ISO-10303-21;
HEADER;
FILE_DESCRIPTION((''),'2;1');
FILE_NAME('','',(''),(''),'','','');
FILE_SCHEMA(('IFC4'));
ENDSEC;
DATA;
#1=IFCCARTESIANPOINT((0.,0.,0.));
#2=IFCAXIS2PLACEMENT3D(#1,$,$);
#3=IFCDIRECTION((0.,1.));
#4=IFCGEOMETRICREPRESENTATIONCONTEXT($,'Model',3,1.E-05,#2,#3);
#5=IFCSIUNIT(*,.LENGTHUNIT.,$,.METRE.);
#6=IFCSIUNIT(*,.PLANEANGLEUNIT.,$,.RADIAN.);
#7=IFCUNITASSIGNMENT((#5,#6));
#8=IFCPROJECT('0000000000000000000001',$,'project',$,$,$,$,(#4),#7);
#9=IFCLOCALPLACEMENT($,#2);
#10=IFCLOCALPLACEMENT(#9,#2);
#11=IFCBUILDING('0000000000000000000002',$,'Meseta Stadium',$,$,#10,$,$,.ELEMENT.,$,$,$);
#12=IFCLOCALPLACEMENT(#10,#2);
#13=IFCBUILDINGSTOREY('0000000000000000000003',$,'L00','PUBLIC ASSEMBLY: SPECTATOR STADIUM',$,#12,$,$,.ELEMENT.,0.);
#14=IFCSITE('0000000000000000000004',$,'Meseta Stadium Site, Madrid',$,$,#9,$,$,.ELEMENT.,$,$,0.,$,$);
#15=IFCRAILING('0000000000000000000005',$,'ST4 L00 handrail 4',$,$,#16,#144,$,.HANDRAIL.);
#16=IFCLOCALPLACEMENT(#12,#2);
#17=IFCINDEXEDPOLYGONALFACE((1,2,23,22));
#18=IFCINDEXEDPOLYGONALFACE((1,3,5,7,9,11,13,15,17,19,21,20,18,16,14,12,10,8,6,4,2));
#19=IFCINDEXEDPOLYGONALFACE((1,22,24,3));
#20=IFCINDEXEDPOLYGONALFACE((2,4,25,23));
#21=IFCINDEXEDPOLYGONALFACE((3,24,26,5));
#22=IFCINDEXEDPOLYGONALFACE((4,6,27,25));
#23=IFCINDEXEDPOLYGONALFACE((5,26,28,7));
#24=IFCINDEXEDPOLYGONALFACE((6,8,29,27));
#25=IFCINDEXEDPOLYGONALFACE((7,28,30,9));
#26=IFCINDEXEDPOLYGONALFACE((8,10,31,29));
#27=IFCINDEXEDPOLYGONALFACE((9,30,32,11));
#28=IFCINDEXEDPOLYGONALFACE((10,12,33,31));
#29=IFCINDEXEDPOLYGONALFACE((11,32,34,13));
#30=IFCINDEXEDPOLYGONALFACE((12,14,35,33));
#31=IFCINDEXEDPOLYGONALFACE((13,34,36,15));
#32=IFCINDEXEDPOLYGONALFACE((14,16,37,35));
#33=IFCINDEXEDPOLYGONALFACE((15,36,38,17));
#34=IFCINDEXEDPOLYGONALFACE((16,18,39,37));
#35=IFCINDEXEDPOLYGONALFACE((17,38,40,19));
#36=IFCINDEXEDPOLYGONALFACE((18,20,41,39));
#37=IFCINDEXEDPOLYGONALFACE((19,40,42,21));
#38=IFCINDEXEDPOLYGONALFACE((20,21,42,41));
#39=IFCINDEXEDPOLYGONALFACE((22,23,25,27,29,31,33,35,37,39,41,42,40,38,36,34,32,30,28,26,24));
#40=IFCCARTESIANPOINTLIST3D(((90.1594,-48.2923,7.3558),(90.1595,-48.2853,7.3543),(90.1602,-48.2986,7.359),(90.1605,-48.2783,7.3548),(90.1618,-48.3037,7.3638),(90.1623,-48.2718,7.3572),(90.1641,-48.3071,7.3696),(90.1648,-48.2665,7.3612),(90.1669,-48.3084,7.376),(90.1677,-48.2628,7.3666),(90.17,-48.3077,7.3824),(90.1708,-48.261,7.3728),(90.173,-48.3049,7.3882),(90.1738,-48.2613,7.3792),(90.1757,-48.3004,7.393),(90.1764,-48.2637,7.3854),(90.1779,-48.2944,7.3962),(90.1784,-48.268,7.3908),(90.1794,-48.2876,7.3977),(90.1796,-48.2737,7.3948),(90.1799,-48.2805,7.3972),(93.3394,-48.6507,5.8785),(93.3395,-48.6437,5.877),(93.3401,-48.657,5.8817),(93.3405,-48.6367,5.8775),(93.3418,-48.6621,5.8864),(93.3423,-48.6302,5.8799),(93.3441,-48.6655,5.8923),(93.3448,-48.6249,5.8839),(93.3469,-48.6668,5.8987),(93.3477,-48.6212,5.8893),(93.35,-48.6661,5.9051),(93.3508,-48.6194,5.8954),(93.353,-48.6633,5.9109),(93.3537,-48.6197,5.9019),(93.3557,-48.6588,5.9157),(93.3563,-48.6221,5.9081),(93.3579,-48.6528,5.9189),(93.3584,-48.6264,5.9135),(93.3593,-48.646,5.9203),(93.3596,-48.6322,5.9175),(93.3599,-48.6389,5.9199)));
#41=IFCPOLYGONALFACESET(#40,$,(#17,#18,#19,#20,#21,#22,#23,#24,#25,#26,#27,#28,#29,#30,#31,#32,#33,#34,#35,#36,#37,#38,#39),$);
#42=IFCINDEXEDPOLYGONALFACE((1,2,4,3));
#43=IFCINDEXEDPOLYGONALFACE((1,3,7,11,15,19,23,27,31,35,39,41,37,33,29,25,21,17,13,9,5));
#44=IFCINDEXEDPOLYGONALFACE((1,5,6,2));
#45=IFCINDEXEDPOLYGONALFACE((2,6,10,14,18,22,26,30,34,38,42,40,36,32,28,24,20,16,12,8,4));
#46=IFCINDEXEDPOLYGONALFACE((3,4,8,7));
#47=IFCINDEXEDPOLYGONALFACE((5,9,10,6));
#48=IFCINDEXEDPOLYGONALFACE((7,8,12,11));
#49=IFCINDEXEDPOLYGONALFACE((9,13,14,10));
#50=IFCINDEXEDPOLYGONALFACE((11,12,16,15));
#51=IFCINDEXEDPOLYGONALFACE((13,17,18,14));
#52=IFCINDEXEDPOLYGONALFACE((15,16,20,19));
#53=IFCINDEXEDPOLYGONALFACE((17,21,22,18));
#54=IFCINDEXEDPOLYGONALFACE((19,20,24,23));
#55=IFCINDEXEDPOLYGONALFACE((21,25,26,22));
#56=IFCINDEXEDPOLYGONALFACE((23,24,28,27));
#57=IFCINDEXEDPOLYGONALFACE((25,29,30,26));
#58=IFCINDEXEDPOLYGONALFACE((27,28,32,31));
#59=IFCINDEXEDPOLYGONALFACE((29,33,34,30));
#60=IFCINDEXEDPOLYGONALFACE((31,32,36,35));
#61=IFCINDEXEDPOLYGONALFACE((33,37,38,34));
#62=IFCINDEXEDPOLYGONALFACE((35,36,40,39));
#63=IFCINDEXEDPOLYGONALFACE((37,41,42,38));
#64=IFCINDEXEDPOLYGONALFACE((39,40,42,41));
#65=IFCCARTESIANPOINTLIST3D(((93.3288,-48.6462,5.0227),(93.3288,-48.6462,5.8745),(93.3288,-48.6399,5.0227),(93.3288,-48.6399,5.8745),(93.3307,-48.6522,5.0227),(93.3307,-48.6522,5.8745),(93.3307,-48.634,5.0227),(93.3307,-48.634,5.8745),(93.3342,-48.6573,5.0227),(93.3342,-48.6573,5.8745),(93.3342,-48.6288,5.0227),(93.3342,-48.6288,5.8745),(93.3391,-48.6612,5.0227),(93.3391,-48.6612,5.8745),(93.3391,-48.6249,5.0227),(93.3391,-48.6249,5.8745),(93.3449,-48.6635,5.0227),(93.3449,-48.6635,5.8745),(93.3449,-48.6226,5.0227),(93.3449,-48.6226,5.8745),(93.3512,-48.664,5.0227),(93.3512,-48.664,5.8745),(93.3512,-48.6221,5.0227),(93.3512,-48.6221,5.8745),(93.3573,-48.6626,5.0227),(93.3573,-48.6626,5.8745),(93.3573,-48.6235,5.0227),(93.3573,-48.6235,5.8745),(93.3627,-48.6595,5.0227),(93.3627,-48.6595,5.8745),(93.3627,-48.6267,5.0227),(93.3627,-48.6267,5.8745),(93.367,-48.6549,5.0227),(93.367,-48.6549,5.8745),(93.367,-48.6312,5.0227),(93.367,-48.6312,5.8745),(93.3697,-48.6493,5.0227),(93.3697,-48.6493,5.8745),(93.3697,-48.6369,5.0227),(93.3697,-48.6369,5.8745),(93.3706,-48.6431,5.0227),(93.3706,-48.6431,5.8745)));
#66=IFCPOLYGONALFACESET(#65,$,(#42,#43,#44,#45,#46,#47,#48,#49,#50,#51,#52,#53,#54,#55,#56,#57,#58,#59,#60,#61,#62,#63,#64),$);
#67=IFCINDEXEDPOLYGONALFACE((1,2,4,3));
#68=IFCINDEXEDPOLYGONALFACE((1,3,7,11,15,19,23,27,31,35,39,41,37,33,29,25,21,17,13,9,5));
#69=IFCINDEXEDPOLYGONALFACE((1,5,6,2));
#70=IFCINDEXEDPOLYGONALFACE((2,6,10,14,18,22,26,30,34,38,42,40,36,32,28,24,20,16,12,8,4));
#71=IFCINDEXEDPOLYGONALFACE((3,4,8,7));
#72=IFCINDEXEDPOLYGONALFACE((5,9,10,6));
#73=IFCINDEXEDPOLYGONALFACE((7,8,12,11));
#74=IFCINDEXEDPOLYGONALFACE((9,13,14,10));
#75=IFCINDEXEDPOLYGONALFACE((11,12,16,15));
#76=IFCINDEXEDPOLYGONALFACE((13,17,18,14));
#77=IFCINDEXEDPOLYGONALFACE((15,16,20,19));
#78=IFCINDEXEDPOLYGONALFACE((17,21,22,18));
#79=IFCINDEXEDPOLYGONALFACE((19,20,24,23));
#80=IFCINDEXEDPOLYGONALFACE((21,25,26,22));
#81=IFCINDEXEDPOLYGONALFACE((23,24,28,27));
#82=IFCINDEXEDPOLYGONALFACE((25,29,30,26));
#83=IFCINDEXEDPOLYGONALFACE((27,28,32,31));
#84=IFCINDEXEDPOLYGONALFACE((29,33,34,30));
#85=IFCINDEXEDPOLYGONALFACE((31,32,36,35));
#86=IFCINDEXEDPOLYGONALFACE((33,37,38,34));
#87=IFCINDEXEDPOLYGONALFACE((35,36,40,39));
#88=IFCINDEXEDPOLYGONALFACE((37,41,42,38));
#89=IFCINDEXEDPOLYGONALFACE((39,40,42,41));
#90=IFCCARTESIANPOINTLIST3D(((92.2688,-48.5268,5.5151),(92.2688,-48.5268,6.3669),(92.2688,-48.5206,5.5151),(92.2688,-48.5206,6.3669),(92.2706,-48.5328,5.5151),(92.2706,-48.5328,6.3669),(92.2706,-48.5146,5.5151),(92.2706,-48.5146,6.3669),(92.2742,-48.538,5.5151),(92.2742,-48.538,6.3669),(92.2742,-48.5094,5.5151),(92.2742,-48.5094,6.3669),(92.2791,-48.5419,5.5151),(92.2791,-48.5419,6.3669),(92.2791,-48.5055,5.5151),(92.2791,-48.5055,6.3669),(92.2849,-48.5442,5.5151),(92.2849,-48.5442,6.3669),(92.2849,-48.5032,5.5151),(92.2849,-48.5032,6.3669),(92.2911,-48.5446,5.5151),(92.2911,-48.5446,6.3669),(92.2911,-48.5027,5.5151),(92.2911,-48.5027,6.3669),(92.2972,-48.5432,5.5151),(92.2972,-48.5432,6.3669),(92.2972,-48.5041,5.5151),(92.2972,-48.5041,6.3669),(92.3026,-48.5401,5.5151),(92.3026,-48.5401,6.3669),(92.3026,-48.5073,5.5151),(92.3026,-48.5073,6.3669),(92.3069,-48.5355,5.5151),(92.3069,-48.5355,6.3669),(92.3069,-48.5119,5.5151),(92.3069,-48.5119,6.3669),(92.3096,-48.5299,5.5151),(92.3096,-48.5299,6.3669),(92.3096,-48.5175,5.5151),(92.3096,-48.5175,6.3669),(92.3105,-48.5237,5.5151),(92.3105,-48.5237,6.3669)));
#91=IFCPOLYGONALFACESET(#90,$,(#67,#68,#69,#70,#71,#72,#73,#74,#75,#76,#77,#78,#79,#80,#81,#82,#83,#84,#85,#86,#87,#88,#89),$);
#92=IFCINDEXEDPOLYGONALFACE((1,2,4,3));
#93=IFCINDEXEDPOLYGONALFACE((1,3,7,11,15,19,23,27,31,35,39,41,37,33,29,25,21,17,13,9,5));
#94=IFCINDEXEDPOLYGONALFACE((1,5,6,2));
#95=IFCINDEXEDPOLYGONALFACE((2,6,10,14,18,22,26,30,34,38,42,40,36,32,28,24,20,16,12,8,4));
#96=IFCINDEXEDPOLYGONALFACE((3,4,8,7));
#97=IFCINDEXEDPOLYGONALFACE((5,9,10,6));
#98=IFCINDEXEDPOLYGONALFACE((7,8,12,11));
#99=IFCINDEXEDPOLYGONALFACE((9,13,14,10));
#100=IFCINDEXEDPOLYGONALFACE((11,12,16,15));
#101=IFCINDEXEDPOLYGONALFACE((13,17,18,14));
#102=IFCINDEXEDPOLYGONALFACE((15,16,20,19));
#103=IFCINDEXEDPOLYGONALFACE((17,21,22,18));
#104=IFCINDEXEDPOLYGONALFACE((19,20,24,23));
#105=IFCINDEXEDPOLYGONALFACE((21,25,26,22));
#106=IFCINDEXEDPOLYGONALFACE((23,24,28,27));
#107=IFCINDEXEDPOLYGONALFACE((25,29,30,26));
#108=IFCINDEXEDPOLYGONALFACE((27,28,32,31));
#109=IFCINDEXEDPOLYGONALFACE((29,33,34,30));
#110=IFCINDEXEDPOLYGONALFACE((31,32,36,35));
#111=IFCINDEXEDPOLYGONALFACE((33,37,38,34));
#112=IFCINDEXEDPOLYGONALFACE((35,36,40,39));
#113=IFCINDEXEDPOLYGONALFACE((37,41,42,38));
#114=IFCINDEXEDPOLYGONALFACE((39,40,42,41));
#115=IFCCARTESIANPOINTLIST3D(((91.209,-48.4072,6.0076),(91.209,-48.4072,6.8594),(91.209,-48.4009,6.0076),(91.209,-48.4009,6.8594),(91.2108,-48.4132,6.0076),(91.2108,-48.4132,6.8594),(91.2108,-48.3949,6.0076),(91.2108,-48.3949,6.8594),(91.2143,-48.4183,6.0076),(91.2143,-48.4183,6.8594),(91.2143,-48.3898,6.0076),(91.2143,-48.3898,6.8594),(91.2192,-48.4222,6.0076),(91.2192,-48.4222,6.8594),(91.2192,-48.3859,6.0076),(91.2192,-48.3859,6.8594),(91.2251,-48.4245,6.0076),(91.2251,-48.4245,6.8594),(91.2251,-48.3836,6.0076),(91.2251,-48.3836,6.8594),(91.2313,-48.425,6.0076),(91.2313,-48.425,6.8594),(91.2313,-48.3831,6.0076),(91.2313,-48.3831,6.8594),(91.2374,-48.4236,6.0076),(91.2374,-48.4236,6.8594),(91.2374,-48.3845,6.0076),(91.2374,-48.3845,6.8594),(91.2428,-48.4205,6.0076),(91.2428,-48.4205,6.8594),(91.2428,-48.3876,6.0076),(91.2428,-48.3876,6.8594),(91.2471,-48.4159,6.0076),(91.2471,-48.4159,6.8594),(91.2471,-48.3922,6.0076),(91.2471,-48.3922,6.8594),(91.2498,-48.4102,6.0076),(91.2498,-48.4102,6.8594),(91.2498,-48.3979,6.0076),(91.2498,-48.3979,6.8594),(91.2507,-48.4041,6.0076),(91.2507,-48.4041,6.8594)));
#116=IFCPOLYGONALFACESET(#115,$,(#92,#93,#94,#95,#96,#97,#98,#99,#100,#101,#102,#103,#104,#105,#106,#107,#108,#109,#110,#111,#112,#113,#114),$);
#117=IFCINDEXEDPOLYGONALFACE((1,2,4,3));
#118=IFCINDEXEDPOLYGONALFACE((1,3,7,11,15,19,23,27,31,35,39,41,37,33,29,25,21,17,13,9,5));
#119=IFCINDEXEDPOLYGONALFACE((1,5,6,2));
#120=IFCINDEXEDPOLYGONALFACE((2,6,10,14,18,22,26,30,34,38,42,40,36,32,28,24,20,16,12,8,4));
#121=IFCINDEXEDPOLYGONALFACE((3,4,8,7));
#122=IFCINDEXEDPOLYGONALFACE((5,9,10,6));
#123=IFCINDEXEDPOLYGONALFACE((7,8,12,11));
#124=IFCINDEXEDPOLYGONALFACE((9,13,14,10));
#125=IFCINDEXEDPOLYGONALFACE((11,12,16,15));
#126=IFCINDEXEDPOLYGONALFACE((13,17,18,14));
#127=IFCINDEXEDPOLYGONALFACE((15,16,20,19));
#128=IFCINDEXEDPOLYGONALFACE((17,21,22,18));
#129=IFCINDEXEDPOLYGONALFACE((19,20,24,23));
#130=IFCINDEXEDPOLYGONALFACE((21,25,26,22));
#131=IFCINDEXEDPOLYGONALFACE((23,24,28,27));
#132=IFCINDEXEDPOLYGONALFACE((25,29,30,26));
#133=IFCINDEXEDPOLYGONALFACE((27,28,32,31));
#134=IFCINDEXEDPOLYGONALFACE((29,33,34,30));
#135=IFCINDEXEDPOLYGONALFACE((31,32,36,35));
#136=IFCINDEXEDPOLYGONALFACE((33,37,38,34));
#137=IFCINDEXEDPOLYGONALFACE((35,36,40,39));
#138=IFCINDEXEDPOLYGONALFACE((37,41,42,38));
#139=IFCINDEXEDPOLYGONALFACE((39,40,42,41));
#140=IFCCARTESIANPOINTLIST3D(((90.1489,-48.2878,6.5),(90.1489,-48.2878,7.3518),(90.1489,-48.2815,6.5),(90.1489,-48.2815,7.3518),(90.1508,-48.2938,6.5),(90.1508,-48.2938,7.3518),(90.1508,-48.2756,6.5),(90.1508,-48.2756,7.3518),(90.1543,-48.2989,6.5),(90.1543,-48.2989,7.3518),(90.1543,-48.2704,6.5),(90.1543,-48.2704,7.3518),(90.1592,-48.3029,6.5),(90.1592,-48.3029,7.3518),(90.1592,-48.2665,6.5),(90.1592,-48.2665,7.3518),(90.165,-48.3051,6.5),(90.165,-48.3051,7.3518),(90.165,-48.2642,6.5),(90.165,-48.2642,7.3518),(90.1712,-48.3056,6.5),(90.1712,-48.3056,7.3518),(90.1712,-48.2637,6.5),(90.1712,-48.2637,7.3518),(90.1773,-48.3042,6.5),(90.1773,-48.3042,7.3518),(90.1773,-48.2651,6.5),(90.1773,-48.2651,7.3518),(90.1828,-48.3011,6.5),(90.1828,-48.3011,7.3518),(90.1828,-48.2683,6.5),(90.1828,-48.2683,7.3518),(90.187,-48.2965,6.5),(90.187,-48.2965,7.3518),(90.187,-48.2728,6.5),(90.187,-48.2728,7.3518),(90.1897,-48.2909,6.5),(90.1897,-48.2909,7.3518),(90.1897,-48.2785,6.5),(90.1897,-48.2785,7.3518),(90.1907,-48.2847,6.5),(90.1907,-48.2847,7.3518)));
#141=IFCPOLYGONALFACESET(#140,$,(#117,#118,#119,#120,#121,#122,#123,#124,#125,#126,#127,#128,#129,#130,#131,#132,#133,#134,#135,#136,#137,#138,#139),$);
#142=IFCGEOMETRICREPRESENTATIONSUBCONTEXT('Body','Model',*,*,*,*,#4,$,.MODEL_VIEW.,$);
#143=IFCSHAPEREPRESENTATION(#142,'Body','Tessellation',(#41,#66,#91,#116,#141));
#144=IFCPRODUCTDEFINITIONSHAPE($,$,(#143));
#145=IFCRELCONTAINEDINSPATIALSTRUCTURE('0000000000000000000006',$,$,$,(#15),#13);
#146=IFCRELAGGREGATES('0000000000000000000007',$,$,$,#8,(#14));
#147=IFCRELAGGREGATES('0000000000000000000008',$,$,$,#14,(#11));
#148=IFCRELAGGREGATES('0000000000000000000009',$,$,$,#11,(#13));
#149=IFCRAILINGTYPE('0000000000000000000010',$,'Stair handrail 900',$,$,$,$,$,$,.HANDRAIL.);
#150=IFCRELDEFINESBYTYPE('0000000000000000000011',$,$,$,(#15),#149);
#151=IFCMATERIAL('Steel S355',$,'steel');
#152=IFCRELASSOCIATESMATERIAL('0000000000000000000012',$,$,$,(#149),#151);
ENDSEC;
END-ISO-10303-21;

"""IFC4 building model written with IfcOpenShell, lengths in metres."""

from ifc_helpers import new_model, si_unit, direction, frame, origin, origin_2d, place, context, subcontext, project, spatial, circle, extrude, material, type_object, element, save


model = new_model("IFC4")

# Units and contexts
model_context = context("Model", 3, precision=1e-05, world=origin(), true_north=direction((0.0, 1.0)))
body_context = subcontext(model_context, "Body", "Model", "MODEL_VIEW")
ifc_project = project(units=[si_unit("LENGTHUNIT", "METRE"), si_unit("PLANEANGLEUNIT", "RADIAN")], contexts=[model_context])

# Site, building, storey
site_placement = place(None, origin())
site = spatial("IfcSite", under=ifc_project, at=site_placement, Name="Meseta Stadium Site, Madrid", CompositionType="ELEMENT", RefElevation=0.0)
building_placement = place(site_placement, origin())
building = spatial("IfcBuilding", under=site, at=building_placement, Name="Meseta Stadium", CompositionType="ELEMENT")
storey_placement = place(building_placement, origin())
storey = spatial("IfcBuildingStorey", under=building, at=storey_placement, Name="L00", Description="PUBLIC ASSEMBLY: SPECTATOR STADIUM", CompositionType="ELEMENT", Elevation=0.0)

# Railing
ifc_material_1 = material(Name="Steel S355", Category="steel")
railing_type_1 = type_object("IfcRailingType", Name="Stair handrail 900", PredefinedType="HANDRAIL", material=ifc_material_1)
for number, where, name in (
    (1, (93.3496, -48.6431, 5.0227), "ST4 L00 handrail 4"),
):
    element("IfcRailing", number, at=place(storey_placement, frame(where)), inside=storey, type_object=railing_type_1, Name=name, PredefinedType="HANDRAIL", context=body_context, shape_type="SweptSolid", body=[
        extrude(circle(Radius=0.0239, at=origin_2d()), frame((0.0, 0.0, 0.876), z_axis=(-0.90221, 0.101685, 0.419138), x_axis=(-0.111997, -0.993709, 0.0)), (0.0, 0.0, 1.0), 3.5247),
        extrude(circle(Radius=0.021, at=origin_2d()), origin(), (0.0, 0.0, 1.0), 0.8518),
        extrude(circle(Radius=0.021, at=origin_2d()), frame((-1.0601, 0.1194, 0.4924)), (0.0, 0.0, 1.0), 0.8518),
        extrude(circle(Radius=0.021, at=origin_2d()), frame((-2.1199, 0.239, 0.9849)), (0.0, 0.0, 1.0), 0.8518),
        extrude(circle(Radius=0.021, at=origin_2d()), frame((-3.1799, 0.3584, 1.4773)), (0.0, 0.0, 1.0), 0.8518),
    ])

save(model, "model.ifc")
